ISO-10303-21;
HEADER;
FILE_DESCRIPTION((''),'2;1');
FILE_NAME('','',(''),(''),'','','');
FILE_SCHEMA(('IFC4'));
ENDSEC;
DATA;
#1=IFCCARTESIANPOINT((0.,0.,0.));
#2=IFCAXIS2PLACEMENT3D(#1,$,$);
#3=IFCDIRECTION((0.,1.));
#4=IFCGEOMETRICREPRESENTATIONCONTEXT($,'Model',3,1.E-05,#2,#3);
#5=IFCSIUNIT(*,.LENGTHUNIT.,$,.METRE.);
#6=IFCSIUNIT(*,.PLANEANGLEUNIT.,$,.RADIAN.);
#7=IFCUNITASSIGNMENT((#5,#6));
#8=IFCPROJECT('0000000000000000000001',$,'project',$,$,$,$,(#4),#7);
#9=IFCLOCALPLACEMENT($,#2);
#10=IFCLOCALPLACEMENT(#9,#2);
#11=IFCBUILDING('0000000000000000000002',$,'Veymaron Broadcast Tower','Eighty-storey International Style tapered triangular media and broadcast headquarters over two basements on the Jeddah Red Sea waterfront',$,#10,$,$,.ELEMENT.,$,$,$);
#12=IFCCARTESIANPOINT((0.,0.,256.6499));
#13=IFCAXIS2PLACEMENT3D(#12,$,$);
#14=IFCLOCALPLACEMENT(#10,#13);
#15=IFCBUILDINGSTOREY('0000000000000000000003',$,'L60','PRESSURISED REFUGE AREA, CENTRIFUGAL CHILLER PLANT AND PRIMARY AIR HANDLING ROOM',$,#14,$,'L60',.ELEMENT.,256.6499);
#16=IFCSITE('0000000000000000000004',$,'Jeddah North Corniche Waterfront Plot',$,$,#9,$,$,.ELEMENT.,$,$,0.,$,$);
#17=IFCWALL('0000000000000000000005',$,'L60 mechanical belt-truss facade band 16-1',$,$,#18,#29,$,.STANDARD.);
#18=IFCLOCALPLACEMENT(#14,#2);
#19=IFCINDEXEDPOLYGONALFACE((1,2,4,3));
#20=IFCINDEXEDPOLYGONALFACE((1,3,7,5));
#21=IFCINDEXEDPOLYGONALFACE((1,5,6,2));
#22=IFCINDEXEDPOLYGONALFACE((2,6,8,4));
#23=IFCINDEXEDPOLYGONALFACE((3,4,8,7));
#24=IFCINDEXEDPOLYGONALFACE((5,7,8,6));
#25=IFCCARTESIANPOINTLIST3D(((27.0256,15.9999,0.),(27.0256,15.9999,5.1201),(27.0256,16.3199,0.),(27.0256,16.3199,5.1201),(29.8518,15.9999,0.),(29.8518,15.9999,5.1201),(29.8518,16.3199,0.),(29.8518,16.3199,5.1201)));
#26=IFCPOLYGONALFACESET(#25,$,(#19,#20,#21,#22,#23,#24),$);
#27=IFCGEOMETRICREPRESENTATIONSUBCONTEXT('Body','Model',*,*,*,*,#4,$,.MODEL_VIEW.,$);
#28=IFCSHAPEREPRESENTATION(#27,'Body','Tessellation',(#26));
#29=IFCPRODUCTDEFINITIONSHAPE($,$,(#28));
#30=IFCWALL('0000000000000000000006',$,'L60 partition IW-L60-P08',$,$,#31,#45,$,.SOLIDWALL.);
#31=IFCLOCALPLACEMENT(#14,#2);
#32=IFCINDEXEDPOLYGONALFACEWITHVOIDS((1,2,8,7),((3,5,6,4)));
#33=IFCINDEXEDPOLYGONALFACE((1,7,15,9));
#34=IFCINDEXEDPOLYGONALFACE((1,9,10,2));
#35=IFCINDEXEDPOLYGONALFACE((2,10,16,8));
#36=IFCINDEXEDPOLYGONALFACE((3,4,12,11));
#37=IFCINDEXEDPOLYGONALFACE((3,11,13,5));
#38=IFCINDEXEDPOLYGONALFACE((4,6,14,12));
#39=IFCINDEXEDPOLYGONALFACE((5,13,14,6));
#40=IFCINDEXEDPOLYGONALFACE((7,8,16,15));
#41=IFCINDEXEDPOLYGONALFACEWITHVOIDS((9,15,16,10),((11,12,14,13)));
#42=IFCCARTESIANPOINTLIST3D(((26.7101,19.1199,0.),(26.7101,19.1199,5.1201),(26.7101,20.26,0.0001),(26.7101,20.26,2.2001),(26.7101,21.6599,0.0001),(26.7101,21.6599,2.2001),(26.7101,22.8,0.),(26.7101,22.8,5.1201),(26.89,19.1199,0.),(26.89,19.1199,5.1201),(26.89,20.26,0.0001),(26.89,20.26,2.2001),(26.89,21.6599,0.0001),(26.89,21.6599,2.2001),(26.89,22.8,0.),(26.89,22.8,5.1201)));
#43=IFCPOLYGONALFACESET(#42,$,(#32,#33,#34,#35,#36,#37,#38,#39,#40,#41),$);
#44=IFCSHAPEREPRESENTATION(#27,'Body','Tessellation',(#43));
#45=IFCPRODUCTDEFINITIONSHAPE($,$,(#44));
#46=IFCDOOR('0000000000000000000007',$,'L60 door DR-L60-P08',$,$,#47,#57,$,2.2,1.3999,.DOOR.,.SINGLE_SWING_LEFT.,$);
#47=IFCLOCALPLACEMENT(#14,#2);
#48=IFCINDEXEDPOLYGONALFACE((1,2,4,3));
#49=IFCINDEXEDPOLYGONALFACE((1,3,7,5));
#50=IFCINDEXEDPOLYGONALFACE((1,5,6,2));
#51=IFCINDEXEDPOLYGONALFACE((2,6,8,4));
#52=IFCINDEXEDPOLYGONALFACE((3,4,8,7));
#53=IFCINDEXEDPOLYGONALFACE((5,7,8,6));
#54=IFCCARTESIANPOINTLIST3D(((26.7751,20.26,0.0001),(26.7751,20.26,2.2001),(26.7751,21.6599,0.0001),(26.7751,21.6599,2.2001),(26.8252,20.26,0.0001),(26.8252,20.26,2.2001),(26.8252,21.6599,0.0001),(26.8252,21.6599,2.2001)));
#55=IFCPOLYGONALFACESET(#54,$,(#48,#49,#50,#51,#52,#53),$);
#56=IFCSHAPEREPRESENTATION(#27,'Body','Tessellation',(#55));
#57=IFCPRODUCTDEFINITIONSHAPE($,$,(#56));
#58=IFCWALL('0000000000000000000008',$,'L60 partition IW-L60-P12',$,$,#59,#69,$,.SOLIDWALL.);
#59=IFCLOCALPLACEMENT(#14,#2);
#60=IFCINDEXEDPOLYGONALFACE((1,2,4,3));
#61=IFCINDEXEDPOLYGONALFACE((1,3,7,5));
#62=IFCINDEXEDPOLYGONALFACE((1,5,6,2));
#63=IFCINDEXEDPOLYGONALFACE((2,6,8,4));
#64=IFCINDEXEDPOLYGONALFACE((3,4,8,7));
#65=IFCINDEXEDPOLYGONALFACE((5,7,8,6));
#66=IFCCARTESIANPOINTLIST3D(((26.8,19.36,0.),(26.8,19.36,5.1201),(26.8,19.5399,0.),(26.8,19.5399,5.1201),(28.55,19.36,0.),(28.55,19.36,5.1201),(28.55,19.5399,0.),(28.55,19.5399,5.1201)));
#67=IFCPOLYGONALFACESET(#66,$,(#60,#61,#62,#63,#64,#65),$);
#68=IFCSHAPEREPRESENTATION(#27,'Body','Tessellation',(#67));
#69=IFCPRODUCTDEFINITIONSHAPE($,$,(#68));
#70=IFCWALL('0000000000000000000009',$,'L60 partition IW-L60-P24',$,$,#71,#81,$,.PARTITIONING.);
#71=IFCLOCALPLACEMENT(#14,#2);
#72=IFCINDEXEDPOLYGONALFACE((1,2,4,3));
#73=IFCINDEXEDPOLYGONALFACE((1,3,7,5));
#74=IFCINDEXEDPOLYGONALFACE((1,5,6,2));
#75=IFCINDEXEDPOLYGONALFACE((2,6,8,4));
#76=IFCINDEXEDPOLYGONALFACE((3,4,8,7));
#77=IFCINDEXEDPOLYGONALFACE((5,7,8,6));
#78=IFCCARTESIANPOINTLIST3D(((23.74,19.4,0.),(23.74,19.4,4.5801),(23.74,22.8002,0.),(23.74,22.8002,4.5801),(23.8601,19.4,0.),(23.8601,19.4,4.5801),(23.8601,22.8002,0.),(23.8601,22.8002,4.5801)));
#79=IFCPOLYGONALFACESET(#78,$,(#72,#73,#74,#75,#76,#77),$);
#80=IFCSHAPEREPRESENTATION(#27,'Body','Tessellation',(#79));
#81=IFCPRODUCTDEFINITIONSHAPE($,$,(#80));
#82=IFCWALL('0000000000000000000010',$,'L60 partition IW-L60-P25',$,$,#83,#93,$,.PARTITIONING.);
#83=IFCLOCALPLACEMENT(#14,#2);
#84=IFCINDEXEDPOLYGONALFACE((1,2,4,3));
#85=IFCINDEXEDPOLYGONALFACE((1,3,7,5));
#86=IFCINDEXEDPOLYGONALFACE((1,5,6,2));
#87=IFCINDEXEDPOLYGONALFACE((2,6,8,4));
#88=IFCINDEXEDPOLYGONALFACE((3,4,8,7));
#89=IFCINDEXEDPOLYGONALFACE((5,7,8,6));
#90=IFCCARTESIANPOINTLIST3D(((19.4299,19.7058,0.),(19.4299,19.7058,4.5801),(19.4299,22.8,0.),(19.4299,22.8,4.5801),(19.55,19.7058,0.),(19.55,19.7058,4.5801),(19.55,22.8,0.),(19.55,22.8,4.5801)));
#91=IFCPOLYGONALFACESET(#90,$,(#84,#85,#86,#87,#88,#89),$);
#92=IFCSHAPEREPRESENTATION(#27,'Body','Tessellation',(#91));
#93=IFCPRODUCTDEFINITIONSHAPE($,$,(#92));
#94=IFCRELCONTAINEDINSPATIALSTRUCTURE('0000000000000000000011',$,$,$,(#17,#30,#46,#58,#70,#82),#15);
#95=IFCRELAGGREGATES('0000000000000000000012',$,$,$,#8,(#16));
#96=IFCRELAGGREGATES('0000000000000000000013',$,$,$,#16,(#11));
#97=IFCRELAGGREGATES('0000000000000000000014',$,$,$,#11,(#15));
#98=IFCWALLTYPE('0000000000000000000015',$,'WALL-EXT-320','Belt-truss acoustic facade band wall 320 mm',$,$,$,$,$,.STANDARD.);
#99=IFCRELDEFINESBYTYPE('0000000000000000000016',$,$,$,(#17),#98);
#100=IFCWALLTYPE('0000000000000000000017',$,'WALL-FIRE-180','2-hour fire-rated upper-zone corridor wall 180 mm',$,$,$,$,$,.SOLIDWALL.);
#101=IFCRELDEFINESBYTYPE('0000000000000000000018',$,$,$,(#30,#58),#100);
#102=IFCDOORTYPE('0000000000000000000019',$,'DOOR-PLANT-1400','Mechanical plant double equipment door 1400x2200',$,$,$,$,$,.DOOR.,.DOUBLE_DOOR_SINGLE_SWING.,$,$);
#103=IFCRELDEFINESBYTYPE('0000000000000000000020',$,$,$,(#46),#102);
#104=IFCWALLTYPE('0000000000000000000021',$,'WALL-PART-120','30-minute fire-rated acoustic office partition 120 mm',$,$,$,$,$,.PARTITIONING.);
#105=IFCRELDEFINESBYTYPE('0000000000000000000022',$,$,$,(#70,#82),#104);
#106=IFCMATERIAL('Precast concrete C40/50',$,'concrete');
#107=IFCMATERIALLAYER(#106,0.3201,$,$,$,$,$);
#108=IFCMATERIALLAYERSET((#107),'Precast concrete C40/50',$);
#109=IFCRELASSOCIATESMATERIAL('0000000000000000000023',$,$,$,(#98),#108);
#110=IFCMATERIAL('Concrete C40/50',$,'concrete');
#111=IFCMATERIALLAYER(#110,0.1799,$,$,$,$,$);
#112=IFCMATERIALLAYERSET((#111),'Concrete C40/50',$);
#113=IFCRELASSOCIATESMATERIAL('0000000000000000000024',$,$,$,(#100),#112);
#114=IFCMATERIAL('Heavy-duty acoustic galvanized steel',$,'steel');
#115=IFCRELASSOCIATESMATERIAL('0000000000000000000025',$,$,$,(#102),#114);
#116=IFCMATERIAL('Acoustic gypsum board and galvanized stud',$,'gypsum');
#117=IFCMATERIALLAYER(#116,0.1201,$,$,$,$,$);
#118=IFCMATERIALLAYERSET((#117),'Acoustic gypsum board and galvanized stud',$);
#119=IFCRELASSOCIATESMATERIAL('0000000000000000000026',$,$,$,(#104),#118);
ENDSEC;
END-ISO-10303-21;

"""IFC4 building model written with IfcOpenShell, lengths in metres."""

from ifc_helpers import new_model, si_unit, direction, frame, frame_2d, origin, place, context, subcontext, project, spatial, rectangle, extrude, material, layer, layer_set, type_object, element, fill, save


model = new_model("IFC4")

# Units and contexts
model_context = context("Model", 3, precision=1e-05, world=origin(), true_north=direction((0.0, 1.0)))
body_context = subcontext(model_context, "Body", "Model", "MODEL_VIEW")
ifc_project = project(units=[si_unit("LENGTHUNIT", "METRE"), si_unit("PLANEANGLEUNIT", "RADIAN")], contexts=[model_context])

# Site, building, storey
site_placement = place(None, origin())
site = spatial("IfcSite", under=ifc_project, at=site_placement, Name="Jeddah North Corniche Waterfront Plot", CompositionType="ELEMENT", RefElevation=0.0)
building_placement = place(site_placement, origin())
building = spatial("IfcBuilding", under=site, at=building_placement, Name="Veymaron Broadcast Tower", Description="Eighty-storey International Style tapered triangular media and broadcast headquarters over two basements on the Jeddah Red Sea waterfront", CompositionType="ELEMENT")
storey_placement = place(building_placement, frame((0.0, 0.0, 256.6499)))
storey = spatial("IfcBuildingStorey", under=building, at=storey_placement, Name="L60", Description="PRESSURISED REFUGE AREA, CENTRIFUGAL CHILLER PLANT AND PRIMARY AIR HANDLING ROOM", LongName="L60", CompositionType="ELEMENT", Elevation=256.6499)

# Shared definitions
ifc_material_1 = material(Name="Concrete C40/50", Category="concrete")

# Wall
ifc_material_2 = material(Name="Precast concrete C40/50", Category="concrete")
ifc_layer_1 = layer(ifc_material_2, 0.3201)
ifc_layer_set_1 = layer_set([ifc_layer_1], Name="Precast concrete C40/50")
wall_type_1 = type_object("IfcWallType", Name="WALL-EXT-320", Description="Belt-truss acoustic facade band wall 320 mm", PredefinedType="STANDARD", material=ifc_layer_set_1)
wall_1_placement = place(storey_placement, frame((27.0256, 16.1599, 0.0), z_axis=(0.0, 0.0, 1.0), x_axis=(1.0, 0.0, 0.0)))
element("IfcWall", 1, at=wall_1_placement, inside=storey, type_object=wall_type_1, Name="L60 mechanical belt-truss facade band 16-1", PredefinedType="STANDARD", context=body_context, shape_type="SweptSolid", body=[
    extrude(rectangle(XDim=2.8262, YDim=0.3201, at=frame_2d((1.4131, 0.0))), origin(), (0.0, 0.0, 1.0), 5.1201),
])

# Wall, opening, door
ifc_layer_2 = layer(ifc_material_1, 0.1799)
ifc_layer_set_2 = layer_set([ifc_layer_2], Name="Concrete C40/50")
wall_type_2 = type_object("IfcWallType", Name="WALL-FIRE-180", Description="2-hour fire-rated upper-zone corridor wall 180 mm", PredefinedType="SOLIDWALL", material=ifc_layer_set_2)
wall_2_placement = place(storey_placement, frame((26.8, 19.1199, 0.0), z_axis=(0.0, 0.0, 1.0), x_axis=(0.0, 1.0, 0.0)))
wall_2 = element("IfcWall", 2, at=wall_2_placement, inside=storey, type_object=wall_type_2, Name="L60 partition IW-L60-P08", PredefinedType="SOLIDWALL", context=body_context, shape_type="SweptSolid", body=[
    extrude(rectangle(XDim=3.6802, YDim=0.1799, at=frame_2d((1.8401, 0.0))), origin(), (0.0, 0.0, 1.0), 5.1201),
])
opening_placement = place(wall_2_placement, frame((1.1401, 0.0, 0.0)))
opening = element("IfcOpeningElement", 3, at=opening_placement, cuts=wall_2, PredefinedType="OPENING", context=body_context, shape_type="SweptSolid", body=[
    extrude(rectangle(XDim=1.3999, YDim=2.2, at=frame_2d((0.7, 1.1001))), frame((0.0, 0.1001, 0.0), z_axis=(0.0, -1.0, 0.0), x_axis=(1.0, 0.0, 0.0)), (0.0, 0.0, 1.0), 0.2),
])
ifc_material_3 = material(Name="Heavy-duty acoustic galvanized steel", Category="steel")
door_type = type_object("IfcDoorType", Name="DOOR-PLANT-1400", Description="Mechanical plant double equipment door 1400x2200", OperationType="DOUBLE_DOOR_SINGLE_SWING", PredefinedType="DOOR", material=ifc_material_3)
door_placement = place(opening_placement, origin())
door = element("IfcDoor", 4, at=door_placement, inside=storey, type_object=door_type, Name="L60 door DR-L60-P08", OperationType="SINGLE_SWING_LEFT", OverallHeight=2.2, OverallWidth=1.3999, PredefinedType="DOOR", context=body_context, shape_type="SweptSolid", body=[
    extrude(rectangle(XDim=1.3999, YDim=2.2, at=frame_2d((0.7, 1.1001))), frame((0.0, 0.0249, 0.0), z_axis=(0.0, -1.0, 0.0), x_axis=(1.0, 0.0, 0.0)), (0.0, 0.0, 1.0), 0.05),
])
fill(opening, door)

# Walls
wall_3_placement = place(storey_placement, frame((26.8, 19.45, 0.0), z_axis=(0.0, 0.0, 1.0), x_axis=(1.0, 0.0, 0.0)))
element("IfcWall", 5, at=wall_3_placement, inside=storey, type_object=wall_type_2, Name="L60 partition IW-L60-P12", PredefinedType="SOLIDWALL", context=body_context, shape_type="SweptSolid", body=[
    extrude(rectangle(XDim=1.75, YDim=0.1799, at=frame_2d((0.875, 0.0))), origin(), (0.0, 0.0, 1.0), 5.1201),
])
ifc_material_4 = material(Name="Acoustic gypsum board and galvanized stud", Category="gypsum")
ifc_layer_3 = layer(ifc_material_4, 0.1201)
ifc_layer_set_3 = layer_set([ifc_layer_3], Name="Acoustic gypsum board and galvanized stud")
wall_type_3 = type_object("IfcWallType", Name="WALL-PART-120", Description="30-minute fire-rated acoustic office partition 120 mm", PredefinedType="PARTITIONING", material=ifc_layer_set_3)
wall_4_placement = place(storey_placement, frame((23.8, 19.3999, 0.0), z_axis=(0.0, 0.0, 1.0), x_axis=(0.0, 1.0, 0.0)))
element("IfcWall", 6, at=wall_4_placement, inside=storey, type_object=wall_type_3, Name="L60 partition IW-L60-P24", PredefinedType="PARTITIONING", context=body_context, shape_type="SweptSolid", body=[
    extrude(rectangle(XDim=3.4001, YDim=0.1201, at=frame_2d((1.7002, 0.0))), origin(), (0.0, 0.0, 1.0), 4.5801),
])
wall_5_placement = place(storey_placement, frame((19.49, 19.7058, 0.0), z_axis=(0.0, 0.0, 1.0), x_axis=(0.0, 1.0, 0.0)))
element("IfcWall", 7, at=wall_5_placement, inside=storey, type_object=wall_type_3, Name="L60 partition IW-L60-P25", PredefinedType="PARTITIONING", context=body_context, shape_type="SweptSolid", body=[
    extrude(rectangle(XDim=3.0942, YDim=0.1201, at=frame_2d((1.5471, 0.0))), origin(), (0.0, 0.0, 1.0), 4.5801),
])

save(model, "model.ifc")
